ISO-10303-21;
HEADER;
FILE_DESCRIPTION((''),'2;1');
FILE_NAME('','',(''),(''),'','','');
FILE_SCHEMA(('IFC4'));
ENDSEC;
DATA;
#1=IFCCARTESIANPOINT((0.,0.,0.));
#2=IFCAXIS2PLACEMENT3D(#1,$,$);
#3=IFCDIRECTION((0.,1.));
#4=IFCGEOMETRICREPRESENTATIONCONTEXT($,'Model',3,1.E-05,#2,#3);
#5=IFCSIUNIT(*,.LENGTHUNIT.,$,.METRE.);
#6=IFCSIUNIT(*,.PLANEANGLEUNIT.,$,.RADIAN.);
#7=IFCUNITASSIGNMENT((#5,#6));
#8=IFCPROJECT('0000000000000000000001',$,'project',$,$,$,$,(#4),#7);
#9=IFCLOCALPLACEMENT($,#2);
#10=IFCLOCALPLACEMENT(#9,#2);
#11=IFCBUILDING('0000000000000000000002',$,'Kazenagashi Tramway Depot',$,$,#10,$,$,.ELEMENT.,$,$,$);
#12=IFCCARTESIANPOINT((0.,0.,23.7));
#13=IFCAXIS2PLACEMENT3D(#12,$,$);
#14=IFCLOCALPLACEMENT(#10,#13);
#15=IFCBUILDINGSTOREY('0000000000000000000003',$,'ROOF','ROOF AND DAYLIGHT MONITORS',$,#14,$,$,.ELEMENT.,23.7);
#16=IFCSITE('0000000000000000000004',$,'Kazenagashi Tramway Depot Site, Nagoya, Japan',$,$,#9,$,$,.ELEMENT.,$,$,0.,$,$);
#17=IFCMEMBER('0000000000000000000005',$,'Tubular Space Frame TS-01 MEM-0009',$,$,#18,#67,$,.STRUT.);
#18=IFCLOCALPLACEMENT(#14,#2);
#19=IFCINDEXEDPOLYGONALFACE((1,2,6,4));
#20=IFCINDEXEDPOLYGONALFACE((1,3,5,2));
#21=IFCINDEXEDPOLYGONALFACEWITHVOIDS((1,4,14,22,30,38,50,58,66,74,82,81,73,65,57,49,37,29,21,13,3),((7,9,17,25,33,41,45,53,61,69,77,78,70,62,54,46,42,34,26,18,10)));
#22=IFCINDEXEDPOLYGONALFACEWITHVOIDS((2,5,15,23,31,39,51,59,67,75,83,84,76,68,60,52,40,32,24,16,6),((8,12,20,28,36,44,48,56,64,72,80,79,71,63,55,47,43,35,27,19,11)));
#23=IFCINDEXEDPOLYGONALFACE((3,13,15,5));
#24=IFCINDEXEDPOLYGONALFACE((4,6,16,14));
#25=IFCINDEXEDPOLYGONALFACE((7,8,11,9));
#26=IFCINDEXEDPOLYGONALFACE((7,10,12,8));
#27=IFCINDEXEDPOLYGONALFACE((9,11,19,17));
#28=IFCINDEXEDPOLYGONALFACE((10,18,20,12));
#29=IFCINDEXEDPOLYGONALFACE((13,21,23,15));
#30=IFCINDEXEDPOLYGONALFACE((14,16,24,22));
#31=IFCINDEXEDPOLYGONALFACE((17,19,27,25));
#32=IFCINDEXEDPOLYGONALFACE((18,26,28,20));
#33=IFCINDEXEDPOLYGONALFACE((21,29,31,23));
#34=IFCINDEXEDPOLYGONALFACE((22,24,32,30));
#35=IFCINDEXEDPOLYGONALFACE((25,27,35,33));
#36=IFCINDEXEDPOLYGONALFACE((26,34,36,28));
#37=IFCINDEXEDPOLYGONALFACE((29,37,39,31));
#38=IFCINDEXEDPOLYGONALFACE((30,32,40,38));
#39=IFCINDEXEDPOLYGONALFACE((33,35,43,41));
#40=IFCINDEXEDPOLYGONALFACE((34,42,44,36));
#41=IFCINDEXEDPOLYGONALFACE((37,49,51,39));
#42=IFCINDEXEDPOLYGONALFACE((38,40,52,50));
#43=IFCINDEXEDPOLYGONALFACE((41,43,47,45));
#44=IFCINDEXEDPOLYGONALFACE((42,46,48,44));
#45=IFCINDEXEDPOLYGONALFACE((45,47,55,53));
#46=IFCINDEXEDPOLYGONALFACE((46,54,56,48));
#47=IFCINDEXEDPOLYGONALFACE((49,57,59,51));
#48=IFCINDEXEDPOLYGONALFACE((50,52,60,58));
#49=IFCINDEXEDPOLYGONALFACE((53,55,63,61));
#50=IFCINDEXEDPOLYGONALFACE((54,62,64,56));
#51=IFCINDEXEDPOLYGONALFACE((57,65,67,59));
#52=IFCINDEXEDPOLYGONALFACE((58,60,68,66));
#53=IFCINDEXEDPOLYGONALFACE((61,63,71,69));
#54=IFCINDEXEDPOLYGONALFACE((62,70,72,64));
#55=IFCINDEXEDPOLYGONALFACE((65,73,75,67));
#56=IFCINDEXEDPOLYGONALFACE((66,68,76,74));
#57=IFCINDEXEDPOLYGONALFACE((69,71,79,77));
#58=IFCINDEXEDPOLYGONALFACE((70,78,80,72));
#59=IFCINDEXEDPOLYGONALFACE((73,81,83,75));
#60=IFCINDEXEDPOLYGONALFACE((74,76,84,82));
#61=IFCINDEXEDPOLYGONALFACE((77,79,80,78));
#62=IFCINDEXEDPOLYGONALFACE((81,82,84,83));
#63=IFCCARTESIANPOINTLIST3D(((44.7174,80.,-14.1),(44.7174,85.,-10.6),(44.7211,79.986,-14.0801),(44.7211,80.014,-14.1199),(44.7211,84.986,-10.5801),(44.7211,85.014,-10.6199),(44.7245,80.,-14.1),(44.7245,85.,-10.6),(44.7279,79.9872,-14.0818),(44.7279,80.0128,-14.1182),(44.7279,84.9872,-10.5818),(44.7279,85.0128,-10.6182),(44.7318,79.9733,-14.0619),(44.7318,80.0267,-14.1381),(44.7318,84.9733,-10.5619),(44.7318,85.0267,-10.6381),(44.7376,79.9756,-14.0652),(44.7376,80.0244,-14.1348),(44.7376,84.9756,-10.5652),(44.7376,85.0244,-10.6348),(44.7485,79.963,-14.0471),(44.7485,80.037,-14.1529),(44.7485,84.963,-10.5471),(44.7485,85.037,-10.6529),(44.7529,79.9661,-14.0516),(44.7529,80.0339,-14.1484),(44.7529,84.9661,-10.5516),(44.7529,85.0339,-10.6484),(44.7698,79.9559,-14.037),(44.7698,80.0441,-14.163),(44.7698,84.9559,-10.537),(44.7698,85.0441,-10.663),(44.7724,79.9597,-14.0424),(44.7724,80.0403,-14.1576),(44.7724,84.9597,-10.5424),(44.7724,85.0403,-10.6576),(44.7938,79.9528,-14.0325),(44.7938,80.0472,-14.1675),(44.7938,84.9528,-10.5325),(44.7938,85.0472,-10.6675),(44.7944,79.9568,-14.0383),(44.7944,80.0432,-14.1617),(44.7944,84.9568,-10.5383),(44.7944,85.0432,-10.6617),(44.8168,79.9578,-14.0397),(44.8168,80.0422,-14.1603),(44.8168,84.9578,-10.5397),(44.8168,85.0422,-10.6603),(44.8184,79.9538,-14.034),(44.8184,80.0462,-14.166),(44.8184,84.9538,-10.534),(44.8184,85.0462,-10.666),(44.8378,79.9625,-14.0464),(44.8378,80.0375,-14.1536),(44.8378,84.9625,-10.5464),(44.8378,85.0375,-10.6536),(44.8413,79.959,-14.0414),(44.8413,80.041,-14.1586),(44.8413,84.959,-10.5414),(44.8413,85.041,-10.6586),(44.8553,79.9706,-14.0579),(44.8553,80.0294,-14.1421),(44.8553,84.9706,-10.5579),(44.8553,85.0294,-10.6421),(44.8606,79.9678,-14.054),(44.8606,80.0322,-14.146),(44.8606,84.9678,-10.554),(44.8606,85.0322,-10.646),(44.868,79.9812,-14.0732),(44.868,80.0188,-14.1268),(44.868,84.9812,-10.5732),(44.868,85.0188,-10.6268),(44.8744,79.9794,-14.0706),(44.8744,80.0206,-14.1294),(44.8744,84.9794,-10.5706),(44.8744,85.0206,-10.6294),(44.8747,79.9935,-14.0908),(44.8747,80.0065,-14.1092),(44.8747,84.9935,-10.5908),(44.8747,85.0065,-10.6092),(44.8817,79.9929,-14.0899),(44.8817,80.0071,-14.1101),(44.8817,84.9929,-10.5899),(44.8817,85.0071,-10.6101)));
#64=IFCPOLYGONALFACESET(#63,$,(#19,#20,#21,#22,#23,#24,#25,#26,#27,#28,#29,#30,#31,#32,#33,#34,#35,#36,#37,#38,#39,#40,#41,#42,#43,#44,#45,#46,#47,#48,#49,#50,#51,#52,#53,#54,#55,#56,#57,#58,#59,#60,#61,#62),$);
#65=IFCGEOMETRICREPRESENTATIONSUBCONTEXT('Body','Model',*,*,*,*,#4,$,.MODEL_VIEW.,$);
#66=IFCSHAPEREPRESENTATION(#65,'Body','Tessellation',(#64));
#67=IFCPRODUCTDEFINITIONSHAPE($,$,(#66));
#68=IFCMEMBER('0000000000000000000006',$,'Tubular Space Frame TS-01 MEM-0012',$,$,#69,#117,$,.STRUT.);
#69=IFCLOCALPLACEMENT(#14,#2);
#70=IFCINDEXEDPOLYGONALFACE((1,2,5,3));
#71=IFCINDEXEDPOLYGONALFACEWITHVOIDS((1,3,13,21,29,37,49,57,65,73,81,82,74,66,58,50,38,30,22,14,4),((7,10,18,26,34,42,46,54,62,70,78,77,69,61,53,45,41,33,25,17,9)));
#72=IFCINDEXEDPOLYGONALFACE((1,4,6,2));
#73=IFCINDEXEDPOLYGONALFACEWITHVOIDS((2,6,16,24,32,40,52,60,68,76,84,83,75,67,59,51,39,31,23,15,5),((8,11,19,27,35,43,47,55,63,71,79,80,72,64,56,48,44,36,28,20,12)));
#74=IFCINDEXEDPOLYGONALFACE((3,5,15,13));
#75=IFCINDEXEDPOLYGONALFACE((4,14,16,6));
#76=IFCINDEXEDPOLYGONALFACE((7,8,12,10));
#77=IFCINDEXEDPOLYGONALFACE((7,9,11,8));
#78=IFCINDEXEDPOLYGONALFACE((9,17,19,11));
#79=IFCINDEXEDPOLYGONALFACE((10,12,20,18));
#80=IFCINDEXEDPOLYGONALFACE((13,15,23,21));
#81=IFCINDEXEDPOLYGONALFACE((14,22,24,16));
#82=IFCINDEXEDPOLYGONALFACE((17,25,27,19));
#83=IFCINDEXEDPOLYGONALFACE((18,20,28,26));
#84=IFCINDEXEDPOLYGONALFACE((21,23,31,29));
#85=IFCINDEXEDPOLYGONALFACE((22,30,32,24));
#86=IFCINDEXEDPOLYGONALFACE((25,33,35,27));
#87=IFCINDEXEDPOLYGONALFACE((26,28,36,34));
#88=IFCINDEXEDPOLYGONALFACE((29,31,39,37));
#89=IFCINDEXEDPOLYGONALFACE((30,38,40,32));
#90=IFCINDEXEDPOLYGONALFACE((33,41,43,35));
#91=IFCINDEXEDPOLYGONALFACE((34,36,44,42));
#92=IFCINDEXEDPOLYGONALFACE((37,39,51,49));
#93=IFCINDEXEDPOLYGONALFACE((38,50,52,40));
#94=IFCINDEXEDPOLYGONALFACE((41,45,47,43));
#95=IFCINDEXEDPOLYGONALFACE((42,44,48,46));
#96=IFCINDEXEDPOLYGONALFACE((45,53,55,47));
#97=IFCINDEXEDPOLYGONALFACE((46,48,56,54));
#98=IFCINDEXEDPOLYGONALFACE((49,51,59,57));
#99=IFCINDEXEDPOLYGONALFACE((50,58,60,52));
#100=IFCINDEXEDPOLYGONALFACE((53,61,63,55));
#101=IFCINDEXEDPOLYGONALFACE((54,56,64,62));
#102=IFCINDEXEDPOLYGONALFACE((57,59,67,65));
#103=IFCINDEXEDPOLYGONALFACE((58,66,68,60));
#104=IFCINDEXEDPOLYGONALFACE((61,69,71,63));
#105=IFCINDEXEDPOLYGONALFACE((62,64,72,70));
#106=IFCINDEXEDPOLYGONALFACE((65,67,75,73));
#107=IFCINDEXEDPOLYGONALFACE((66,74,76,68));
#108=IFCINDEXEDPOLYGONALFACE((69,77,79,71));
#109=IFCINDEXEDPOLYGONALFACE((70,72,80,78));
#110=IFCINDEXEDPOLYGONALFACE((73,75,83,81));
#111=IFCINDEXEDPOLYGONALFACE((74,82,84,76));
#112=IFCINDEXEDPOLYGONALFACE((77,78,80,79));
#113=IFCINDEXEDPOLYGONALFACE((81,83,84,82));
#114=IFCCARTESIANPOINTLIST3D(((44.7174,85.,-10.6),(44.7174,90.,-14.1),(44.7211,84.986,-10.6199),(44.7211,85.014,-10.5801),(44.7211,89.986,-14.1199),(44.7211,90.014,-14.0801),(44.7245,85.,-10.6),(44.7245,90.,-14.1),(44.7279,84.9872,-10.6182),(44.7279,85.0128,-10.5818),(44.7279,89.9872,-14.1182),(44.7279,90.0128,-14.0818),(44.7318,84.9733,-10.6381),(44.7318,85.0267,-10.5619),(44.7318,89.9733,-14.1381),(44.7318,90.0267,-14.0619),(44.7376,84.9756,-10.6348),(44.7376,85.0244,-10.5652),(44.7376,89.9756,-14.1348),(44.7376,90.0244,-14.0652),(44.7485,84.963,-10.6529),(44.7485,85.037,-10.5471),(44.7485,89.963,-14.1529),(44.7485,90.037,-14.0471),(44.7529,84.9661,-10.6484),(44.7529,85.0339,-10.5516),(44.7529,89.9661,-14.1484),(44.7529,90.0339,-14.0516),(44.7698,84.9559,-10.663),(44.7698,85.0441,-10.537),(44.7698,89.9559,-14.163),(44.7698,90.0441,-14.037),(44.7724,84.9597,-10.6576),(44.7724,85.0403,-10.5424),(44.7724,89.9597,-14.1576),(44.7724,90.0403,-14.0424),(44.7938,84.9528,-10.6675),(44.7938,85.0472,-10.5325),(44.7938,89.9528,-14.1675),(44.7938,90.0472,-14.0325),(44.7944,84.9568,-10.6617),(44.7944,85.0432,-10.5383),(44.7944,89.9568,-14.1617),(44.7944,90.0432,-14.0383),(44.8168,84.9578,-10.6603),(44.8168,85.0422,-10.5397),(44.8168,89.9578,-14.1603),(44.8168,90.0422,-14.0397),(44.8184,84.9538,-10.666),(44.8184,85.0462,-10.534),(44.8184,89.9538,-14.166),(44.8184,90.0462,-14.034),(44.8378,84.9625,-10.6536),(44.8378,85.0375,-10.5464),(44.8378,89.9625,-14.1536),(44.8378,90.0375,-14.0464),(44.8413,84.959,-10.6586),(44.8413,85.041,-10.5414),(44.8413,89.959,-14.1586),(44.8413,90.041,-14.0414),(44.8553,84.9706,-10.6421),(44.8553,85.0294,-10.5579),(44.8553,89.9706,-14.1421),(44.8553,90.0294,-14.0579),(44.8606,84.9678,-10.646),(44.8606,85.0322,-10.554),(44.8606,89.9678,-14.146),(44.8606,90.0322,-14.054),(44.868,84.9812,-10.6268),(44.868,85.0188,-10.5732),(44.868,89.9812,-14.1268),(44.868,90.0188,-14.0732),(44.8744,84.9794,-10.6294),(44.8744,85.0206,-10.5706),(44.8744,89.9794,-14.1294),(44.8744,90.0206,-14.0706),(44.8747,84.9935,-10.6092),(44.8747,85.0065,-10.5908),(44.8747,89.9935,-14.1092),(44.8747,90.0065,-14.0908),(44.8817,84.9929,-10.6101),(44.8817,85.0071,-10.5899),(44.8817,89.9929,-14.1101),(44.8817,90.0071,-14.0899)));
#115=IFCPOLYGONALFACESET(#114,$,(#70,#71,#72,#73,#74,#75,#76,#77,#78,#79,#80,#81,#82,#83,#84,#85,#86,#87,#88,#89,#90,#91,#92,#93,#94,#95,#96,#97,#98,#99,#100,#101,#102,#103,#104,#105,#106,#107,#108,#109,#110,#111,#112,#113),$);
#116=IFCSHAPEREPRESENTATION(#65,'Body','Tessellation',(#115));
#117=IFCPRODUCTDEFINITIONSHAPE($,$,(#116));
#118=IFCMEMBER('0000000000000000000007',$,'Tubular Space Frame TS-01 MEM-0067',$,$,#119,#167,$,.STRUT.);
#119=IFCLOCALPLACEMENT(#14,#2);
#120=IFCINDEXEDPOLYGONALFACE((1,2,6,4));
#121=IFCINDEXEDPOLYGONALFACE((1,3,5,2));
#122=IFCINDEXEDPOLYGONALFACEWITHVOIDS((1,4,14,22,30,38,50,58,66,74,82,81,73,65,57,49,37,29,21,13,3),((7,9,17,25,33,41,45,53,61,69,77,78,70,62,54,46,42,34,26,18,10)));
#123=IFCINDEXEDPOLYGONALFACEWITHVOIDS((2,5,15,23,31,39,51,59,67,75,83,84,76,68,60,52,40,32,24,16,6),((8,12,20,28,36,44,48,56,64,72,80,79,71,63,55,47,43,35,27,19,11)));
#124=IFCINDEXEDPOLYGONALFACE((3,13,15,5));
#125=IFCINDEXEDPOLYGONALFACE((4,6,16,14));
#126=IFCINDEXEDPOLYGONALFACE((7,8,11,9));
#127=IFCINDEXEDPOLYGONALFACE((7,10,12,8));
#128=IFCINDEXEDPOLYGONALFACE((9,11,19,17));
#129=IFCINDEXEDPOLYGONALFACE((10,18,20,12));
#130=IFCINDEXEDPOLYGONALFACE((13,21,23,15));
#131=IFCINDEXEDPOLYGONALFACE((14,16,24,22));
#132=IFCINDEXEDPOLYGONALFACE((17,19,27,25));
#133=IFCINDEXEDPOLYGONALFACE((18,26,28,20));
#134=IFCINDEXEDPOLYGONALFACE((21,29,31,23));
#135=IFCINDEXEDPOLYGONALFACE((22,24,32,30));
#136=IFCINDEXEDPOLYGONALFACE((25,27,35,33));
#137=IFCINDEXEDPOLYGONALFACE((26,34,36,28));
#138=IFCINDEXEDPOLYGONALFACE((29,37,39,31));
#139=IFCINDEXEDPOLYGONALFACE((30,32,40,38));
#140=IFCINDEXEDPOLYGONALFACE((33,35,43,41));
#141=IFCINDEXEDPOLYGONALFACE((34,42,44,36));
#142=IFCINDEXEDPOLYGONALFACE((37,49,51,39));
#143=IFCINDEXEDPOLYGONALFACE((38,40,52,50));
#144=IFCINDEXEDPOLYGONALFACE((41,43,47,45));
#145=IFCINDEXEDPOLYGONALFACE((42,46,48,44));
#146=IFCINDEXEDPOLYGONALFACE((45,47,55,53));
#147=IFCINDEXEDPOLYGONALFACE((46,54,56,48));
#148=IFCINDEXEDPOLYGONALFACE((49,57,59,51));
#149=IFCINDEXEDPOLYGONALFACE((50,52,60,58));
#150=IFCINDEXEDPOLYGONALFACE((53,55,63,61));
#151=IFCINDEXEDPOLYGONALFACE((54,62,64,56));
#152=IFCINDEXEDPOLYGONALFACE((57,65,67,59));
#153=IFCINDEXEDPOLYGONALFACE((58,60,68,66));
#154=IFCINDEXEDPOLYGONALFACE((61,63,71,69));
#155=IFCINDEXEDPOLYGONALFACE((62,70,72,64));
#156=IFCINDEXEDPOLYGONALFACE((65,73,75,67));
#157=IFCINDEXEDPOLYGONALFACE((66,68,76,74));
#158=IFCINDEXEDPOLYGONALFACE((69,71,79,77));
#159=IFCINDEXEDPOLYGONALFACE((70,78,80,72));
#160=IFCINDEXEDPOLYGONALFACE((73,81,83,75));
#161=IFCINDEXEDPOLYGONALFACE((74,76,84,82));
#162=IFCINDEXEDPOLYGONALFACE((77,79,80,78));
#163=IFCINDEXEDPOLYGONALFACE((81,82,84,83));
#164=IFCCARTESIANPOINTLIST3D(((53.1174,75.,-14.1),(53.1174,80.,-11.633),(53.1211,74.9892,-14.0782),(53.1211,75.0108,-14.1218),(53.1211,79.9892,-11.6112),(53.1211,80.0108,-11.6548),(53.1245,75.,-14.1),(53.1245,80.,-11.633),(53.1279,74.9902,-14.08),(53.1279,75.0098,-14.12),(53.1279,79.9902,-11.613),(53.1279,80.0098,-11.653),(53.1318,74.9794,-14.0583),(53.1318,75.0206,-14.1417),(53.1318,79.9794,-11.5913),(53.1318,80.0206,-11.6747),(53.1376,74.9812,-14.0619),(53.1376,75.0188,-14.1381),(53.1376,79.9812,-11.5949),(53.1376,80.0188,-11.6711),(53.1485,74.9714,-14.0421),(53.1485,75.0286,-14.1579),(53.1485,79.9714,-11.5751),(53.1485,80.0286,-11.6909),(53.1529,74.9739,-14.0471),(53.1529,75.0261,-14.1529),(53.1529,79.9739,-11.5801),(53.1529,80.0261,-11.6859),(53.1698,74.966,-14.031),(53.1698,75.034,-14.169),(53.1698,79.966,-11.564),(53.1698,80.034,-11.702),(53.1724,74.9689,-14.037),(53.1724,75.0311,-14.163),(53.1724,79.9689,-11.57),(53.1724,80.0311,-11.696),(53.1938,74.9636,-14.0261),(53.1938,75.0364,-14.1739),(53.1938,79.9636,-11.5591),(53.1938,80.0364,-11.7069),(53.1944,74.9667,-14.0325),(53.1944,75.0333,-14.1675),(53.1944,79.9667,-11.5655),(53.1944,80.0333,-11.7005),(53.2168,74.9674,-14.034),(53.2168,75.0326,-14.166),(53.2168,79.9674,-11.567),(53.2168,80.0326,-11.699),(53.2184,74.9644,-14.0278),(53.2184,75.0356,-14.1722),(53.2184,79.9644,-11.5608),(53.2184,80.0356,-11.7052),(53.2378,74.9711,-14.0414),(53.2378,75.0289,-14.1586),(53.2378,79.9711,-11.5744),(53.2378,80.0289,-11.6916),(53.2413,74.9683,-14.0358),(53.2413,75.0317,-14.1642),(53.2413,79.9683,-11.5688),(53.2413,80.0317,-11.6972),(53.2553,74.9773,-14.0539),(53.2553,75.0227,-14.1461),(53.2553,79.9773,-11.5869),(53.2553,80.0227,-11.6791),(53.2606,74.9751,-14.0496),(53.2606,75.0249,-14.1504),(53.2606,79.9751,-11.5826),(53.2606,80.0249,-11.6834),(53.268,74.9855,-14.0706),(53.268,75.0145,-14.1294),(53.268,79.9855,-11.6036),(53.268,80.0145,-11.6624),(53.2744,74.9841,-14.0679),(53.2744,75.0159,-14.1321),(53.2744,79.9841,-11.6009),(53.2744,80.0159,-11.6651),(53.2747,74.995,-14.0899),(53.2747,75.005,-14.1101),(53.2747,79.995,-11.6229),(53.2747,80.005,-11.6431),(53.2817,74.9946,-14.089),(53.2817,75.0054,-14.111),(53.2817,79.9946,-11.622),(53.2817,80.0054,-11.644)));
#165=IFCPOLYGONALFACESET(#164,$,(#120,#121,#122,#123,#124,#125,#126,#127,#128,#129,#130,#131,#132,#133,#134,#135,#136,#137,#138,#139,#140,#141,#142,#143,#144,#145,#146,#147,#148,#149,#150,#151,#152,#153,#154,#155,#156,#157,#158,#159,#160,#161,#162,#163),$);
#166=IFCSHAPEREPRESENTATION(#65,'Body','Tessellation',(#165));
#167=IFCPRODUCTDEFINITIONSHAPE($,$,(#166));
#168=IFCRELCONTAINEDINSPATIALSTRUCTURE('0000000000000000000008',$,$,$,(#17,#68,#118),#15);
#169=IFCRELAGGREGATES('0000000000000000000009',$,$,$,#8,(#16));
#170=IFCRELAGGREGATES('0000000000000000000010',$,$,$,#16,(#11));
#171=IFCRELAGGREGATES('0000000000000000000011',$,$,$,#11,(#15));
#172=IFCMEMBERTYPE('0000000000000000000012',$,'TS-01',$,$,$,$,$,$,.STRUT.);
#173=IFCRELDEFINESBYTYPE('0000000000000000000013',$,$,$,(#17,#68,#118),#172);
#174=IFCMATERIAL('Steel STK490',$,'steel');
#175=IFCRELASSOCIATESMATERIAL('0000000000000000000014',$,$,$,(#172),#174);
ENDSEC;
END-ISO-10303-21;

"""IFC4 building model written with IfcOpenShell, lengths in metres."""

from ifc_helpers import new_model, si_unit, direction, frame, origin, origin_2d, place, context, subcontext, project, spatial, hollow_circle, extrude, material, material_profile, profile_set, type_object, element, save


model = new_model("IFC4")

# Units and contexts
model_context = context("Model", 3, precision=1e-05, world=origin(), true_north=direction((0.0, 1.0)))
body_context = subcontext(model_context, "Body", "Model", "MODEL_VIEW")
ifc_project = project(units=[si_unit("LENGTHUNIT", "METRE"), si_unit("PLANEANGLEUNIT", "RADIAN")], contexts=[model_context])

# Site, building, storey
site_placement = place(None, origin())
site = spatial("IfcSite", under=ifc_project, at=site_placement, Name="Kazenagashi Tramway Depot Site, Nagoya, Japan", CompositionType="ELEMENT", RefElevation=0.0)
building_placement = place(site_placement, origin())
building = spatial("IfcBuilding", under=site, at=building_placement, Name="Kazenagashi Tramway Depot", CompositionType="ELEMENT")
storey_placement = place(building_placement, frame((0.0, 0.0, 23.7)))
storey = spatial("IfcBuildingStorey", under=building, at=storey_placement, Name="ROOF", Description="ROOF AND DAYLIGHT MONITORS", CompositionType="ELEMENT", Elevation=23.7)

# Members
ifc_material_1 = material(Name="Steel STK490", Category="steel")
ifc_material_profile_1 = material_profile(ifc_material_1, hollow_circle(Radius=0.0826, WallThickness=0.0071, at=origin_2d()), Name="CHS-165.2x7.1")
ifc_profile_set_1 = profile_set([ifc_material_profile_1], Name="Steel STK490")
member_type_1 = type_object("IfcMemberType", Name="TS-01", PredefinedType="STRUT", material=ifc_profile_set_1)
for number, where, z_axis, x_axis, name in (
    (1, (44.8, 80.0, -14.1), (0.0, 0.819232, 0.573462), (-1.0, 0.0, 0.0), "Tubular Space Frame TS-01 MEM-0009"),
    (2, (44.8, 85.0, -10.6), (0.0, 0.819232, -0.573462), (-1.0, 0.0, 0.0), "Tubular Space Frame TS-01 MEM-0012"),
):
    element("IfcMember", number, at=place(storey_placement, frame(where, z_axis=z_axis, x_axis=x_axis)), inside=storey, type_object=member_type_1, Name=name, PredefinedType="STRUT", context=body_context, shape_type="SweptSolid", body=[
        extrude(hollow_circle(Radius=0.0826, WallThickness=0.0071, at=origin_2d()), origin(), (0.0, 0.0, 1.0), 6.1033),
    ])
member_1_placement = place(storey_placement, frame((53.2, 75.0, -14.1), z_axis=(0.0, 0.896782, 0.442472), x_axis=(-1.0, 0.0, 0.0)))
element("IfcMember", 3, at=member_1_placement, inside=storey, type_object=member_type_1, Name="Tubular Space Frame TS-01 MEM-0067", PredefinedType="STRUT", context=body_context, shape_type="SweptSolid", body=[
    extrude(hollow_circle(Radius=0.0826, WallThickness=0.0071, at=origin_2d()), origin(), (0.0, 0.0, 1.0), 5.5755),
])

save(model, "model.ifc")
